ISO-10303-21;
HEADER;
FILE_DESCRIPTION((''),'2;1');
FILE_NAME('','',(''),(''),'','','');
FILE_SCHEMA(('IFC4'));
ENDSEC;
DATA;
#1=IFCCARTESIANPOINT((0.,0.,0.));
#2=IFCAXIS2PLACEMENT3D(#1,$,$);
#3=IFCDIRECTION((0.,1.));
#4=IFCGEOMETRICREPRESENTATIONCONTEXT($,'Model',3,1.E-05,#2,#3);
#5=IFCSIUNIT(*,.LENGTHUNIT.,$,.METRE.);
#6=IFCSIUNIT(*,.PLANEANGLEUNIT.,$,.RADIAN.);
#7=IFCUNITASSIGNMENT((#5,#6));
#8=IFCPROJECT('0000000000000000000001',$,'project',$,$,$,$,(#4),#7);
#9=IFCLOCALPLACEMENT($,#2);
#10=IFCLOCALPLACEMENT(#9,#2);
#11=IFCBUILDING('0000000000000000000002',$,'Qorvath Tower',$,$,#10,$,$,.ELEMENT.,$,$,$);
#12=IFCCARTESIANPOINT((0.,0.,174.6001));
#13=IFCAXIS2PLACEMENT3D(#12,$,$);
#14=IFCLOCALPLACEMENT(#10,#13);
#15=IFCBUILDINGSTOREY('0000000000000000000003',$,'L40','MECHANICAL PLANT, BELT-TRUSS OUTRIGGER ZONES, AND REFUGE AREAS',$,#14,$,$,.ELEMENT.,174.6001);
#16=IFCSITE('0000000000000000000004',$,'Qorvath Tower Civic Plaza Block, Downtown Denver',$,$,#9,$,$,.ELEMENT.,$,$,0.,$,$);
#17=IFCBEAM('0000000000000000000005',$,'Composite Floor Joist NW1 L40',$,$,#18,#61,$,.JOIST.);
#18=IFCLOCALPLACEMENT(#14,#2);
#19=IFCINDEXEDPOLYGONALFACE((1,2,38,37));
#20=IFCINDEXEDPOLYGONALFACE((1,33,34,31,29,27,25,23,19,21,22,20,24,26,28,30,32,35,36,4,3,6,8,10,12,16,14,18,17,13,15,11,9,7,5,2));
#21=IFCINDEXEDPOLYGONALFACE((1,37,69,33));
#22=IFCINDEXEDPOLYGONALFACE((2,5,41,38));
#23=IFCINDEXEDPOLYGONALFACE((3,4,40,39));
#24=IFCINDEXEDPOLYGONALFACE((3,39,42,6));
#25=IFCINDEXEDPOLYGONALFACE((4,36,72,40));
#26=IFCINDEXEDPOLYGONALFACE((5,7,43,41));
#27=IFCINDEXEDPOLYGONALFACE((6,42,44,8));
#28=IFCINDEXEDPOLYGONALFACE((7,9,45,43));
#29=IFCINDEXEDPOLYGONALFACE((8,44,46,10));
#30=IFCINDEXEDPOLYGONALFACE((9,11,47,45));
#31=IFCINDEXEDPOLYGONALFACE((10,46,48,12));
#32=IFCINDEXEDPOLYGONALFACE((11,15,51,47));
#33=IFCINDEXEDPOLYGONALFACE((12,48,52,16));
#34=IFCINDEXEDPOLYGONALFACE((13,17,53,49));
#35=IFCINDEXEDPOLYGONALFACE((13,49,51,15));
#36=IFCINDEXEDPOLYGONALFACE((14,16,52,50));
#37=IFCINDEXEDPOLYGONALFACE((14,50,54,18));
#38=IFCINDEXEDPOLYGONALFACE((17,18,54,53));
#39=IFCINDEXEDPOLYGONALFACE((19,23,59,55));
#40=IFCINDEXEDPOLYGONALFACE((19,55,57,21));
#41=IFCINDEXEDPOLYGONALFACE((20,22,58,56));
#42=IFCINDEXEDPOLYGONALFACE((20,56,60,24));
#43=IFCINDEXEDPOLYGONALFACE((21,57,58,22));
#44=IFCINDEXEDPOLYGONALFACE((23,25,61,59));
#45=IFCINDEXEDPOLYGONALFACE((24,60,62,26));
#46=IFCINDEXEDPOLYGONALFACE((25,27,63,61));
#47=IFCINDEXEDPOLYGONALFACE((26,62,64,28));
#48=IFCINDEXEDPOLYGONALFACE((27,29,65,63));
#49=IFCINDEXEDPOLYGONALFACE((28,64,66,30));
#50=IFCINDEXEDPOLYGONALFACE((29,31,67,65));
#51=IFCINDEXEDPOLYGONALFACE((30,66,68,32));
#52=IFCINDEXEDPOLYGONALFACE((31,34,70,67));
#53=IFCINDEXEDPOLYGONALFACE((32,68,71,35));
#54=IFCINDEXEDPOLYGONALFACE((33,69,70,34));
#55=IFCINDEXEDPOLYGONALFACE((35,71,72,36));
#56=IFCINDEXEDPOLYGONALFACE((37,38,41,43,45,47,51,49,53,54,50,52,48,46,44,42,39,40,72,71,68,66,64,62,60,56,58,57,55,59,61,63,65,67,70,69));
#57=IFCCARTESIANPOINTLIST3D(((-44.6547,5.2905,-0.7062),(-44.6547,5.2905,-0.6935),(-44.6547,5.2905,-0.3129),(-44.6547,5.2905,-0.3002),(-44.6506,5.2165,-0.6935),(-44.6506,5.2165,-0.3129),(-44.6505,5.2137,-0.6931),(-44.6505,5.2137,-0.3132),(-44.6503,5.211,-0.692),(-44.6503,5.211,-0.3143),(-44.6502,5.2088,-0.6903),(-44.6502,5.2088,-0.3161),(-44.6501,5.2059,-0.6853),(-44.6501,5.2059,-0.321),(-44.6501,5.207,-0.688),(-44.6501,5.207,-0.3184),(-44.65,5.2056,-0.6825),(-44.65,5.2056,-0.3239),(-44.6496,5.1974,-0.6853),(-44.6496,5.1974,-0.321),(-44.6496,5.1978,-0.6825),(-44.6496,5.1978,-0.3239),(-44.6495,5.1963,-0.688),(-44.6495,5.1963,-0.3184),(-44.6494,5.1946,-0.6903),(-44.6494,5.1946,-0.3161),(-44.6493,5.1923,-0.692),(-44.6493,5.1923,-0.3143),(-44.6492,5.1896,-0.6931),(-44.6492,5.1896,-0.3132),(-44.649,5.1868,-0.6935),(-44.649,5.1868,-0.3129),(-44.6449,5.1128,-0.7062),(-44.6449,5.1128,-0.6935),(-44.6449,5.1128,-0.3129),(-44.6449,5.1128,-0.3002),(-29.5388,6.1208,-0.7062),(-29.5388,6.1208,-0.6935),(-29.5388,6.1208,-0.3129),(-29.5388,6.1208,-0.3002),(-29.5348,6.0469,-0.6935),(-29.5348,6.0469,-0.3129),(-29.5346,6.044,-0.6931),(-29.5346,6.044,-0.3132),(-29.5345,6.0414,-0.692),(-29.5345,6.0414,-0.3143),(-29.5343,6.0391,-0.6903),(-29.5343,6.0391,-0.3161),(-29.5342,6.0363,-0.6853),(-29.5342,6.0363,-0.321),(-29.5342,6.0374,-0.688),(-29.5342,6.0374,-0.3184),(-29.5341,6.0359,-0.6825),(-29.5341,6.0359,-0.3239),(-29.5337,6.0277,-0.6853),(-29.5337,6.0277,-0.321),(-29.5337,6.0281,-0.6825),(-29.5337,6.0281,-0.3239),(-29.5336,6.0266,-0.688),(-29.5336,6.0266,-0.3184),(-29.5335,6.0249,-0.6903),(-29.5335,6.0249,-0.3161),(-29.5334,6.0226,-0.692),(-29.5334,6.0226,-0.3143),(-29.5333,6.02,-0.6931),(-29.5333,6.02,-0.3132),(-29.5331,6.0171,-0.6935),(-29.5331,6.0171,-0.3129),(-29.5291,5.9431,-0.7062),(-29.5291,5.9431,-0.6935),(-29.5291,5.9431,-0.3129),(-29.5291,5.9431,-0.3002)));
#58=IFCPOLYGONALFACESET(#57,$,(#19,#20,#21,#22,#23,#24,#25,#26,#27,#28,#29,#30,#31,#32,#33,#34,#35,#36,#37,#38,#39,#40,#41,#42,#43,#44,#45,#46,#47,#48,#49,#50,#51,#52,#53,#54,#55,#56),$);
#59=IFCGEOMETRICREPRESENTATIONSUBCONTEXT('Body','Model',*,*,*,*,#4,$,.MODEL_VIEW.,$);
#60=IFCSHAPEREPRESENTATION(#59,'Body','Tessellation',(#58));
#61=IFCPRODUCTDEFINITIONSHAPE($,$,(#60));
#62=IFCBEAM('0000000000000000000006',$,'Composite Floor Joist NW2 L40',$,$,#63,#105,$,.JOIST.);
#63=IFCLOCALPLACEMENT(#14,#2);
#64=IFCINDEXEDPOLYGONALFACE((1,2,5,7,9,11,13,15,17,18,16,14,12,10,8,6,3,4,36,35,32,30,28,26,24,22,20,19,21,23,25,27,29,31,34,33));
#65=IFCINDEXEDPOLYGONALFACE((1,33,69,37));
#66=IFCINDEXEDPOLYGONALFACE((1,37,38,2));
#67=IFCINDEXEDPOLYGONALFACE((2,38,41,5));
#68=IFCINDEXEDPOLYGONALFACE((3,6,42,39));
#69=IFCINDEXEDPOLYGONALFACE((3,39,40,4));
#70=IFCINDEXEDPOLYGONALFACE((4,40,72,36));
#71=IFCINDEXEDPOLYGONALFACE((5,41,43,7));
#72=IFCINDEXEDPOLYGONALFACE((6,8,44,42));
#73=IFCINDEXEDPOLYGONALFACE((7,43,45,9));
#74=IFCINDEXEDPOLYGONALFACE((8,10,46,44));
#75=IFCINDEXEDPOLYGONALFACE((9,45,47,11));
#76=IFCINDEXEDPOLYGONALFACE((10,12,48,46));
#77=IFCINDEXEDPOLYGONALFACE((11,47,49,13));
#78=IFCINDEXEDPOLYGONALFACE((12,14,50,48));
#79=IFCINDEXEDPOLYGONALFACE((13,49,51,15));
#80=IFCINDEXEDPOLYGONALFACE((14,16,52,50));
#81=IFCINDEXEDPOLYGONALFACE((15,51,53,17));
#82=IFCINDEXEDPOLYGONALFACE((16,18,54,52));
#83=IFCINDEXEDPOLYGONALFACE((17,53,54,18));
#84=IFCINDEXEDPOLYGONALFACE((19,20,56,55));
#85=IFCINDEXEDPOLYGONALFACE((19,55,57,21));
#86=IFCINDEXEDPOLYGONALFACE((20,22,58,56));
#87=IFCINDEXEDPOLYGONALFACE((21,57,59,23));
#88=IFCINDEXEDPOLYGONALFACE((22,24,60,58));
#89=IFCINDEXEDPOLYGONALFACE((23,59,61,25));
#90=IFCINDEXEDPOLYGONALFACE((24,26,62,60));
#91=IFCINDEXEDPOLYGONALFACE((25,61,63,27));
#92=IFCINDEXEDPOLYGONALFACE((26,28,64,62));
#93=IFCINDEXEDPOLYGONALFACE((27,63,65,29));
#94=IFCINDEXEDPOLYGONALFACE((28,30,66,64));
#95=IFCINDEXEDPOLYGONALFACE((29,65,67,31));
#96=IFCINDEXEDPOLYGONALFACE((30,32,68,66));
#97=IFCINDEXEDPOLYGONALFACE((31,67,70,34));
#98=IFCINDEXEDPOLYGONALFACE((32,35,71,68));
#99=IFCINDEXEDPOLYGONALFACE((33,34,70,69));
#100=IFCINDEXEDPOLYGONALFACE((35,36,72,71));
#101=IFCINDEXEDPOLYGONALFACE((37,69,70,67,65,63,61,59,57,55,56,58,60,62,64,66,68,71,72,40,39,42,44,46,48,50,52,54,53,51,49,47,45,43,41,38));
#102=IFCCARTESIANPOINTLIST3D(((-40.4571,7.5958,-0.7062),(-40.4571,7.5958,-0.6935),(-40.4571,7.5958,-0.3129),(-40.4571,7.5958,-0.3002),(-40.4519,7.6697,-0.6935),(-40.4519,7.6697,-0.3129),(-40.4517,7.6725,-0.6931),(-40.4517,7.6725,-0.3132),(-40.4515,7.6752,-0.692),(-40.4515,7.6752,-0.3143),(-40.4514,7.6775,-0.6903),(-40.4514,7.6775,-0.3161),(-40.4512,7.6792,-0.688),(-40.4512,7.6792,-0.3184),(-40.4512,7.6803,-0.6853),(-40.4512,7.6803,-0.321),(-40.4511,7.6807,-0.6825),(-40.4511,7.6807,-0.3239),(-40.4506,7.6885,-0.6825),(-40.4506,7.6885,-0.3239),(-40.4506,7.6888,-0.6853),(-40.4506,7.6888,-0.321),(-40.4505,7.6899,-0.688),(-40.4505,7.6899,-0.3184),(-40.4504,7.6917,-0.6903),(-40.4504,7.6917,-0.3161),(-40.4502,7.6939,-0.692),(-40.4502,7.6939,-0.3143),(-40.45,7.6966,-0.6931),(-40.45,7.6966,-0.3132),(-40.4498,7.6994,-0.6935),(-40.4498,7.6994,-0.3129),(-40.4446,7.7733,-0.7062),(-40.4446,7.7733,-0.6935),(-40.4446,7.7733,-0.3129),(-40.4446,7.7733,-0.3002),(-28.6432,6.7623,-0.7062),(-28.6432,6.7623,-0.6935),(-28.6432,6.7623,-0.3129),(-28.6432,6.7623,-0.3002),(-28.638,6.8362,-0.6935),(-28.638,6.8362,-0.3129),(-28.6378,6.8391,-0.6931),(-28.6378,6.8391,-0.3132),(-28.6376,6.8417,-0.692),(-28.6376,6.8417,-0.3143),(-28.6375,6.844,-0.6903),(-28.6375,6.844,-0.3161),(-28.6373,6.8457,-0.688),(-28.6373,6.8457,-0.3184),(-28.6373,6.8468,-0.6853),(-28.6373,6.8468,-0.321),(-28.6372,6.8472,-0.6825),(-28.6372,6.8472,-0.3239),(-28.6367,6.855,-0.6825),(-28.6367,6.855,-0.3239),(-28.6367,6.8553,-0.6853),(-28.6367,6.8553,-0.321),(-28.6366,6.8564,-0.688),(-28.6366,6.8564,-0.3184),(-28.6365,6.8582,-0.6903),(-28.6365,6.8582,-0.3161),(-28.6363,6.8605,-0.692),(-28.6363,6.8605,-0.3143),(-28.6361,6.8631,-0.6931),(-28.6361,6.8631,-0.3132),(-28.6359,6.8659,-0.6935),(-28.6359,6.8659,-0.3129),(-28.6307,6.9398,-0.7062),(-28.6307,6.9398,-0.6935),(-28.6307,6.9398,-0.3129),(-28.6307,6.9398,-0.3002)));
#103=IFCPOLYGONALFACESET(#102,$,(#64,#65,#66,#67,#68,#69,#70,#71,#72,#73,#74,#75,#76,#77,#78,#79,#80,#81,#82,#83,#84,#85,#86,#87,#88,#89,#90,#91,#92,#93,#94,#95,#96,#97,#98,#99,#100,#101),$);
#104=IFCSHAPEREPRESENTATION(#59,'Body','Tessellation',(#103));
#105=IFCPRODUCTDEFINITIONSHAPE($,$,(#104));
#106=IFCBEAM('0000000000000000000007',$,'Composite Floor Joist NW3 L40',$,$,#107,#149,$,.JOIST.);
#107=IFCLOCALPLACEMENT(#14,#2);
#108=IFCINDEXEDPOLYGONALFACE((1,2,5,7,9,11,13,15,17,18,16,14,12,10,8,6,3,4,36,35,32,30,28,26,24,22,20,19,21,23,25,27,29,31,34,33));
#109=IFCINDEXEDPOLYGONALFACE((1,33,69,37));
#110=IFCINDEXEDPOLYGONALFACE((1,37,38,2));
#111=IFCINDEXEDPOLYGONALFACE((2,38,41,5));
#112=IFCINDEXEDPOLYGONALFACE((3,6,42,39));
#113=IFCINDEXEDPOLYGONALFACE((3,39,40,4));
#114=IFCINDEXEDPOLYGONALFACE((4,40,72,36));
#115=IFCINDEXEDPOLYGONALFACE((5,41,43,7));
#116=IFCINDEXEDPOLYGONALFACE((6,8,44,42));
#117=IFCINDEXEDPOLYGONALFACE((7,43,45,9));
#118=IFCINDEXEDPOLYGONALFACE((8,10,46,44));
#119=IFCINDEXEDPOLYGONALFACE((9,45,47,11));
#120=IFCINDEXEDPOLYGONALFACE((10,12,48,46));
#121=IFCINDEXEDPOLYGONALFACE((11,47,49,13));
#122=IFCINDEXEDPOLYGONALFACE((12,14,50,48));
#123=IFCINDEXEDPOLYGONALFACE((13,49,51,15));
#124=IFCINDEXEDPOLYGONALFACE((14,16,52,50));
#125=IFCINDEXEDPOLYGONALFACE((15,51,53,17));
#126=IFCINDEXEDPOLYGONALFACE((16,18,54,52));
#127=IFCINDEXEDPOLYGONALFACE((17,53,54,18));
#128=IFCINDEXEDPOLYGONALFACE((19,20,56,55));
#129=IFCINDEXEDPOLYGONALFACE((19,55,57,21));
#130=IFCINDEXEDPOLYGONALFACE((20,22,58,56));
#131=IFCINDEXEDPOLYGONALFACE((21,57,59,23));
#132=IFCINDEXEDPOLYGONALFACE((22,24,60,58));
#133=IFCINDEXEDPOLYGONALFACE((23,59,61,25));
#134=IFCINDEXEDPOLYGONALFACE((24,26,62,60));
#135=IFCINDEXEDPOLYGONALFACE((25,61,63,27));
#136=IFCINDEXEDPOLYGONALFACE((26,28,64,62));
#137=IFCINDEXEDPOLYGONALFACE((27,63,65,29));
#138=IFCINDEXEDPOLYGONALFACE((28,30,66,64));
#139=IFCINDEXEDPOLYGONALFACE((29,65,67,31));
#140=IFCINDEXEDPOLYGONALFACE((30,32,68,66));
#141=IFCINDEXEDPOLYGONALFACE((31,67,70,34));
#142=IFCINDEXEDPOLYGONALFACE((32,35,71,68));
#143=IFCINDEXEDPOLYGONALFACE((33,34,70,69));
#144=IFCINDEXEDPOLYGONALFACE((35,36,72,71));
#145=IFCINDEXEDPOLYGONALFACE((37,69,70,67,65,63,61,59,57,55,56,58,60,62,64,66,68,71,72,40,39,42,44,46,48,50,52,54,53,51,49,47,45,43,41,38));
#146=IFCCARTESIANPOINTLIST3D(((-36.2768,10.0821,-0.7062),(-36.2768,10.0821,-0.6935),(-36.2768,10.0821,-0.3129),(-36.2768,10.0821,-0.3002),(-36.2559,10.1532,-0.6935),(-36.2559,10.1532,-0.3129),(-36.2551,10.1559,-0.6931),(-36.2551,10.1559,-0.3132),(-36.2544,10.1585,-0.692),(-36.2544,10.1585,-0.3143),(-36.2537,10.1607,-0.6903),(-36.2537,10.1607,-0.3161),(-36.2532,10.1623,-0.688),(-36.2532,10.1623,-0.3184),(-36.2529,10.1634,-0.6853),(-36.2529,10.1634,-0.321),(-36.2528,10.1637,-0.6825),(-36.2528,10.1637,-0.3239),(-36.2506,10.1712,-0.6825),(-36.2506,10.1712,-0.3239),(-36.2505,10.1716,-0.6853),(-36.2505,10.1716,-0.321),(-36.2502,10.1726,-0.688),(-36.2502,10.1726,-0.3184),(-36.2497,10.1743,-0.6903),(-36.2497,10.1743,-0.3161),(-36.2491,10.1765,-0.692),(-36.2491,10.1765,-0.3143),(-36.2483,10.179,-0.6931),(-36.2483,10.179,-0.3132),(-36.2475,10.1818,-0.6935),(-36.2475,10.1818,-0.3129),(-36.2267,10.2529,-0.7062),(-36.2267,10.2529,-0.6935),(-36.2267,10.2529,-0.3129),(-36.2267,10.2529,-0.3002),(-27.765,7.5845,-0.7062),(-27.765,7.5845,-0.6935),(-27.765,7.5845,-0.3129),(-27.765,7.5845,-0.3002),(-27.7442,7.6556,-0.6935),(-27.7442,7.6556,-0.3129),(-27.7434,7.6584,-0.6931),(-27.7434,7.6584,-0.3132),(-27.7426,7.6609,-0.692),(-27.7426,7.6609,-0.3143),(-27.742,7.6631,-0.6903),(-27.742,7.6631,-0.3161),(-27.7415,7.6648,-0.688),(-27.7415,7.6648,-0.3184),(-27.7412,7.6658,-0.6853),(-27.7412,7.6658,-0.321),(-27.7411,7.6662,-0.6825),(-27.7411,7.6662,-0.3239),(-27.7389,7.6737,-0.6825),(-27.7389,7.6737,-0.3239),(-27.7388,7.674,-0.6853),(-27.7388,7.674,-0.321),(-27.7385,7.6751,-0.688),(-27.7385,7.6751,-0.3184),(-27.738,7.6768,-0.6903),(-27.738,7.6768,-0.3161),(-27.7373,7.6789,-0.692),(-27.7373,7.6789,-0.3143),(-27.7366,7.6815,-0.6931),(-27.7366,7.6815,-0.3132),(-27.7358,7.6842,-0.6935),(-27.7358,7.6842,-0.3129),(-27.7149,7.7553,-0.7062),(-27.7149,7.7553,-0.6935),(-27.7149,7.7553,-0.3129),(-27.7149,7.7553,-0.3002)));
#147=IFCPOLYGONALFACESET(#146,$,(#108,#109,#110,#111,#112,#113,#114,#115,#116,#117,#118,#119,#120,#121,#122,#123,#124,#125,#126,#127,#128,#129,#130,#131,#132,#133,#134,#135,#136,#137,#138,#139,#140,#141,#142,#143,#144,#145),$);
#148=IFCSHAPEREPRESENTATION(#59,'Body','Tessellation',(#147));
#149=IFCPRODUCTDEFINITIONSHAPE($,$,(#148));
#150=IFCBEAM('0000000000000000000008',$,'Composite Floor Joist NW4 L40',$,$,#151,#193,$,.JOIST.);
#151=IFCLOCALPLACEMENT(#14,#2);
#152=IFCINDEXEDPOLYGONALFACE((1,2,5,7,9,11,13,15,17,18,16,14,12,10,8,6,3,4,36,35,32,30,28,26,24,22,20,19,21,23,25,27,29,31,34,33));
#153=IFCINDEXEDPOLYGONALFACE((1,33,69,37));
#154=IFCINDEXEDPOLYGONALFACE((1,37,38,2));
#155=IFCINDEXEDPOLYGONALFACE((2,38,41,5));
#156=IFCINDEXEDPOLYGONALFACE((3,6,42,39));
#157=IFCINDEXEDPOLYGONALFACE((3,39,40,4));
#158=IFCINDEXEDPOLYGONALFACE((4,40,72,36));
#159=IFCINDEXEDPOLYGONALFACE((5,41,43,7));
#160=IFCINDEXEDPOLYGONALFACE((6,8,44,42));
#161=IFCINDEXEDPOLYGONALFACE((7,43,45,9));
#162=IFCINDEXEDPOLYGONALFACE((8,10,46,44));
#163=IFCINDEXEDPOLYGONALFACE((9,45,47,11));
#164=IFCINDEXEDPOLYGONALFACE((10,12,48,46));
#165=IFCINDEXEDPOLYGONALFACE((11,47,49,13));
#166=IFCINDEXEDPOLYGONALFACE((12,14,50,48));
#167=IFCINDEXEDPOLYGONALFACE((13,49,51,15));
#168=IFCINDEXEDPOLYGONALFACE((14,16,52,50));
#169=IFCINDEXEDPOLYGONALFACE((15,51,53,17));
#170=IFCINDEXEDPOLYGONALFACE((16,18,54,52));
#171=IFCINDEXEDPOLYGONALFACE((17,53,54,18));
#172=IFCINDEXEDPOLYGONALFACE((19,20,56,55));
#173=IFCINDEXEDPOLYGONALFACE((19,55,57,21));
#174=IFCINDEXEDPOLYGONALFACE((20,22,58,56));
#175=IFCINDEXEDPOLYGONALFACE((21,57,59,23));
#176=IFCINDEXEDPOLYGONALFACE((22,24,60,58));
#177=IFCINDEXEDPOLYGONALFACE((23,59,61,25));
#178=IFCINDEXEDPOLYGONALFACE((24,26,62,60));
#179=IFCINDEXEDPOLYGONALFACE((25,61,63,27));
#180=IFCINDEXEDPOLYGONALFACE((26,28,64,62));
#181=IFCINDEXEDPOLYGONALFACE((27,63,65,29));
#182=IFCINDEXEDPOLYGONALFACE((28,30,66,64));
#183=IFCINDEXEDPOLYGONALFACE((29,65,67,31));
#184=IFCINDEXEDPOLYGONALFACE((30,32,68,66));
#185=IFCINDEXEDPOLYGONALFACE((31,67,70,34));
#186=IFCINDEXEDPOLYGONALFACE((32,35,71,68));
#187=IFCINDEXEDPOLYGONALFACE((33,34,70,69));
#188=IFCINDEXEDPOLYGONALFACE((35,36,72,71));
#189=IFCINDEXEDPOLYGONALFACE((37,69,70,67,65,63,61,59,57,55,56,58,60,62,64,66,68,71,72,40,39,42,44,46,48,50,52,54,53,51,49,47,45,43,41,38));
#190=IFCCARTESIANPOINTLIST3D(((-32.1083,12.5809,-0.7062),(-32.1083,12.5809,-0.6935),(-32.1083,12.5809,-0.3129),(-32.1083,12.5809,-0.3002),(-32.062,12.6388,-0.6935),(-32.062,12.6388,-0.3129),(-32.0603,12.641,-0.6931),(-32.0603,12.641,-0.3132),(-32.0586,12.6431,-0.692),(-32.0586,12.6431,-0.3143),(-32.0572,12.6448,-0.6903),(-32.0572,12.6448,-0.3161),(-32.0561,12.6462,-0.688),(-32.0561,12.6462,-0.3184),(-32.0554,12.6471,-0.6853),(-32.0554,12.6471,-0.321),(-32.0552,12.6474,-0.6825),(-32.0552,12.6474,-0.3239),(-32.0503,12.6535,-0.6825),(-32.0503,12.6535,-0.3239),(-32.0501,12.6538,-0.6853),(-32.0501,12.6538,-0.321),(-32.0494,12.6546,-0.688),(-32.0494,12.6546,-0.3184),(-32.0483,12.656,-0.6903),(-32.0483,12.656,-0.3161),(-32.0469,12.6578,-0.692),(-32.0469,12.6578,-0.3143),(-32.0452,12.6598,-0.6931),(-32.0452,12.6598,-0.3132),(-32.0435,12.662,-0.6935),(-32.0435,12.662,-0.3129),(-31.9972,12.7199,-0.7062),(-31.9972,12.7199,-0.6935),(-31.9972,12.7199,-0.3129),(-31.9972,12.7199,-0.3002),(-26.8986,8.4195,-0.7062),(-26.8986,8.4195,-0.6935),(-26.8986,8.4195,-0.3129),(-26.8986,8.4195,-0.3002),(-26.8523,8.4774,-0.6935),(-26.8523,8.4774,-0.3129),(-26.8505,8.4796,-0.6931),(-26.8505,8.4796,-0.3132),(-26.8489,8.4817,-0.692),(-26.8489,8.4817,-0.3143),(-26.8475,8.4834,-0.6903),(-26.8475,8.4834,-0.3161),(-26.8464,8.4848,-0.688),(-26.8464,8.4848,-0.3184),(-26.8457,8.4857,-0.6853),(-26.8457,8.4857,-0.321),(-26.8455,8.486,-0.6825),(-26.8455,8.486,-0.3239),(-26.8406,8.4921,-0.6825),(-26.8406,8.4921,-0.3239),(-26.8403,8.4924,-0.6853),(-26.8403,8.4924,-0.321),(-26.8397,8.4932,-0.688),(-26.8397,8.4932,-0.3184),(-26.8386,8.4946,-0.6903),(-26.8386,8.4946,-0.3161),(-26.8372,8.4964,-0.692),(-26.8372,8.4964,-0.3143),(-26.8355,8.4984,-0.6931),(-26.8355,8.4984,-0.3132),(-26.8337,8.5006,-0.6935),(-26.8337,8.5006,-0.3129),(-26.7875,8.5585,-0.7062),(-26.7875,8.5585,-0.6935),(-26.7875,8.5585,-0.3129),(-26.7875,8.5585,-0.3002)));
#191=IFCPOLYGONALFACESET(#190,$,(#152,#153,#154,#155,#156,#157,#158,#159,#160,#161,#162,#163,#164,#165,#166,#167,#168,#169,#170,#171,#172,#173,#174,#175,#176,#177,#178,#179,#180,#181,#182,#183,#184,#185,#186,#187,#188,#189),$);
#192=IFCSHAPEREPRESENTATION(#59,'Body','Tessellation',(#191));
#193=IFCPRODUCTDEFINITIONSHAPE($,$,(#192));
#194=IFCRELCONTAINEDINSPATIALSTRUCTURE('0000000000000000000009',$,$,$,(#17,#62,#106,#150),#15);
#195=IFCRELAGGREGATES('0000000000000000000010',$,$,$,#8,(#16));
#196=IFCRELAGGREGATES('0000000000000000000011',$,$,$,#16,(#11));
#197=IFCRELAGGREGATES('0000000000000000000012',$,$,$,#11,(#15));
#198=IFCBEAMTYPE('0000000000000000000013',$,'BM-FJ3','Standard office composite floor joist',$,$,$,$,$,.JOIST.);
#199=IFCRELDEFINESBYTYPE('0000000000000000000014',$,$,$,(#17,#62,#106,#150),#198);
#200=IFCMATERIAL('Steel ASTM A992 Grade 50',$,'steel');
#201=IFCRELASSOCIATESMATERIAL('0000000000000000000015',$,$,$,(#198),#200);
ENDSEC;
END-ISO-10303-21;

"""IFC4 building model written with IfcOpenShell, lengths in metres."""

from ifc_helpers import new_model, si_unit, direction, frame, origin, origin_2d, place, context, subcontext, project, spatial, i_section, extrude, material, material_profile, profile_set, type_object, element, save


model = new_model("IFC4")

# Units and contexts
model_context = context("Model", 3, precision=1e-05, world=origin(), true_north=direction((0.0, 1.0)))
body_context = subcontext(model_context, "Body", "Model", "MODEL_VIEW")
ifc_project = project(units=[si_unit("LENGTHUNIT", "METRE"), si_unit("PLANEANGLEUNIT", "RADIAN")], contexts=[model_context])

# Site, building, storey
site_placement = place(None, origin())
site = spatial("IfcSite", under=ifc_project, at=site_placement, Name="Qorvath Tower Civic Plaza Block, Downtown Denver", CompositionType="ELEMENT", RefElevation=0.0)
building_placement = place(site_placement, origin())
building = spatial("IfcBuilding", under=site, at=building_placement, Name="Qorvath Tower", CompositionType="ELEMENT")
storey_placement = place(building_placement, frame((0.0, 0.0, 174.6001)))
storey = spatial("IfcBuildingStorey", under=building, at=storey_placement, Name="L40", Description="MECHANICAL PLANT, BELT-TRUSS OUTRIGGER ZONES, AND REFUGE AREAS", CompositionType="ELEMENT", Elevation=174.6001)

# Beams
ifc_material_1 = material(Name="Steel ASTM A992 Grade 50", Category="steel")
ifc_material_profile_1 = material_profile(ifc_material_1, i_section(OverallWidth=0.178, OverallDepth=0.406, WebThickness=0.0078, FlangeThickness=0.0127, FilletRadius=0.011, at=origin_2d()), Name="W16x40")
ifc_profile_set_1 = profile_set([ifc_material_profile_1], Name="Steel ASTM A992 Grade 50")
beam_type_1 = type_object("IfcBeamType", Name="BM-FJ3", Description="Standard office composite floor joist", PredefinedType="JOIST", material=ifc_profile_set_1)
beam_1_placement = place(storey_placement, frame((-29.5339, 6.032, -0.5032), z_axis=(-0.998495, -0.054847, 0.0), x_axis=(0.054847, -0.998495, 0.0)))
element("IfcBeam", 1, at=beam_1_placement, inside=storey, type_object=beam_type_1, Name="Composite Floor Joist NW1 L40", PredefinedType="JOIST", context=body_context, shape_type="SweptSolid", body=[
    extrude(i_section(OverallWidth=0.178, OverallDepth=0.406, WebThickness=0.0078, FlangeThickness=0.0127, FilletRadius=0.011, at=origin_2d()), origin(), (0.0, 0.0, 1.0), 15.1387),
])
beam_2_placement = place(storey_placement, frame((-28.637, 6.8511, -0.5032), z_axis=(-0.99752, 0.070377, 0.0), x_axis=(-0.070377, -0.99752, 0.0)))
element("IfcBeam", 2, at=beam_2_placement, inside=storey, type_object=beam_type_1, Name="Composite Floor Joist NW2 L40", PredefinedType="JOIST", context=body_context, shape_type="SweptSolid", body=[
    extrude(i_section(OverallWidth=0.178, OverallDepth=0.406, WebThickness=0.0078, FlangeThickness=0.0127, FilletRadius=0.011, at=origin_2d()), origin(), (0.0, 0.0, 1.0), 11.8433),
])
beam_3_placement = place(storey_placement, frame((-27.74, 7.6699, -0.5032), z_axis=(-0.959545, 0.281555, 0.0), x_axis=(-0.281555, -0.959545, 0.0)))
element("IfcBeam", 3, at=beam_3_placement, inside=storey, type_object=beam_type_1, Name="Composite Floor Joist NW3 L40", PredefinedType="JOIST", context=body_context, shape_type="SweptSolid", body=[
    extrude(i_section(OverallWidth=0.178, OverallDepth=0.406, WebThickness=0.0078, FlangeThickness=0.0127, FilletRadius=0.011, at=origin_2d()), origin(), (0.0, 0.0, 1.0), 8.8706),
])
beam_4_placement = place(storey_placement, frame((-26.843, 8.489, -0.5032), z_axis=(-0.781337, 0.62411, 0.0), x_axis=(-0.62411, -0.781337, 0.0)))
element("IfcBeam", 4, at=beam_4_placement, inside=storey, type_object=beam_type_1, Name="Composite Floor Joist NW4 L40", PredefinedType="JOIST", context=body_context, shape_type="SweptSolid", body=[
    extrude(i_section(OverallWidth=0.178, OverallDepth=0.406, WebThickness=0.0078, FlangeThickness=0.0127, FilletRadius=0.011, at=origin_2d()), origin(), (0.0, 0.0, 1.0), 6.6677),
])

save(model, "model.ifc")
